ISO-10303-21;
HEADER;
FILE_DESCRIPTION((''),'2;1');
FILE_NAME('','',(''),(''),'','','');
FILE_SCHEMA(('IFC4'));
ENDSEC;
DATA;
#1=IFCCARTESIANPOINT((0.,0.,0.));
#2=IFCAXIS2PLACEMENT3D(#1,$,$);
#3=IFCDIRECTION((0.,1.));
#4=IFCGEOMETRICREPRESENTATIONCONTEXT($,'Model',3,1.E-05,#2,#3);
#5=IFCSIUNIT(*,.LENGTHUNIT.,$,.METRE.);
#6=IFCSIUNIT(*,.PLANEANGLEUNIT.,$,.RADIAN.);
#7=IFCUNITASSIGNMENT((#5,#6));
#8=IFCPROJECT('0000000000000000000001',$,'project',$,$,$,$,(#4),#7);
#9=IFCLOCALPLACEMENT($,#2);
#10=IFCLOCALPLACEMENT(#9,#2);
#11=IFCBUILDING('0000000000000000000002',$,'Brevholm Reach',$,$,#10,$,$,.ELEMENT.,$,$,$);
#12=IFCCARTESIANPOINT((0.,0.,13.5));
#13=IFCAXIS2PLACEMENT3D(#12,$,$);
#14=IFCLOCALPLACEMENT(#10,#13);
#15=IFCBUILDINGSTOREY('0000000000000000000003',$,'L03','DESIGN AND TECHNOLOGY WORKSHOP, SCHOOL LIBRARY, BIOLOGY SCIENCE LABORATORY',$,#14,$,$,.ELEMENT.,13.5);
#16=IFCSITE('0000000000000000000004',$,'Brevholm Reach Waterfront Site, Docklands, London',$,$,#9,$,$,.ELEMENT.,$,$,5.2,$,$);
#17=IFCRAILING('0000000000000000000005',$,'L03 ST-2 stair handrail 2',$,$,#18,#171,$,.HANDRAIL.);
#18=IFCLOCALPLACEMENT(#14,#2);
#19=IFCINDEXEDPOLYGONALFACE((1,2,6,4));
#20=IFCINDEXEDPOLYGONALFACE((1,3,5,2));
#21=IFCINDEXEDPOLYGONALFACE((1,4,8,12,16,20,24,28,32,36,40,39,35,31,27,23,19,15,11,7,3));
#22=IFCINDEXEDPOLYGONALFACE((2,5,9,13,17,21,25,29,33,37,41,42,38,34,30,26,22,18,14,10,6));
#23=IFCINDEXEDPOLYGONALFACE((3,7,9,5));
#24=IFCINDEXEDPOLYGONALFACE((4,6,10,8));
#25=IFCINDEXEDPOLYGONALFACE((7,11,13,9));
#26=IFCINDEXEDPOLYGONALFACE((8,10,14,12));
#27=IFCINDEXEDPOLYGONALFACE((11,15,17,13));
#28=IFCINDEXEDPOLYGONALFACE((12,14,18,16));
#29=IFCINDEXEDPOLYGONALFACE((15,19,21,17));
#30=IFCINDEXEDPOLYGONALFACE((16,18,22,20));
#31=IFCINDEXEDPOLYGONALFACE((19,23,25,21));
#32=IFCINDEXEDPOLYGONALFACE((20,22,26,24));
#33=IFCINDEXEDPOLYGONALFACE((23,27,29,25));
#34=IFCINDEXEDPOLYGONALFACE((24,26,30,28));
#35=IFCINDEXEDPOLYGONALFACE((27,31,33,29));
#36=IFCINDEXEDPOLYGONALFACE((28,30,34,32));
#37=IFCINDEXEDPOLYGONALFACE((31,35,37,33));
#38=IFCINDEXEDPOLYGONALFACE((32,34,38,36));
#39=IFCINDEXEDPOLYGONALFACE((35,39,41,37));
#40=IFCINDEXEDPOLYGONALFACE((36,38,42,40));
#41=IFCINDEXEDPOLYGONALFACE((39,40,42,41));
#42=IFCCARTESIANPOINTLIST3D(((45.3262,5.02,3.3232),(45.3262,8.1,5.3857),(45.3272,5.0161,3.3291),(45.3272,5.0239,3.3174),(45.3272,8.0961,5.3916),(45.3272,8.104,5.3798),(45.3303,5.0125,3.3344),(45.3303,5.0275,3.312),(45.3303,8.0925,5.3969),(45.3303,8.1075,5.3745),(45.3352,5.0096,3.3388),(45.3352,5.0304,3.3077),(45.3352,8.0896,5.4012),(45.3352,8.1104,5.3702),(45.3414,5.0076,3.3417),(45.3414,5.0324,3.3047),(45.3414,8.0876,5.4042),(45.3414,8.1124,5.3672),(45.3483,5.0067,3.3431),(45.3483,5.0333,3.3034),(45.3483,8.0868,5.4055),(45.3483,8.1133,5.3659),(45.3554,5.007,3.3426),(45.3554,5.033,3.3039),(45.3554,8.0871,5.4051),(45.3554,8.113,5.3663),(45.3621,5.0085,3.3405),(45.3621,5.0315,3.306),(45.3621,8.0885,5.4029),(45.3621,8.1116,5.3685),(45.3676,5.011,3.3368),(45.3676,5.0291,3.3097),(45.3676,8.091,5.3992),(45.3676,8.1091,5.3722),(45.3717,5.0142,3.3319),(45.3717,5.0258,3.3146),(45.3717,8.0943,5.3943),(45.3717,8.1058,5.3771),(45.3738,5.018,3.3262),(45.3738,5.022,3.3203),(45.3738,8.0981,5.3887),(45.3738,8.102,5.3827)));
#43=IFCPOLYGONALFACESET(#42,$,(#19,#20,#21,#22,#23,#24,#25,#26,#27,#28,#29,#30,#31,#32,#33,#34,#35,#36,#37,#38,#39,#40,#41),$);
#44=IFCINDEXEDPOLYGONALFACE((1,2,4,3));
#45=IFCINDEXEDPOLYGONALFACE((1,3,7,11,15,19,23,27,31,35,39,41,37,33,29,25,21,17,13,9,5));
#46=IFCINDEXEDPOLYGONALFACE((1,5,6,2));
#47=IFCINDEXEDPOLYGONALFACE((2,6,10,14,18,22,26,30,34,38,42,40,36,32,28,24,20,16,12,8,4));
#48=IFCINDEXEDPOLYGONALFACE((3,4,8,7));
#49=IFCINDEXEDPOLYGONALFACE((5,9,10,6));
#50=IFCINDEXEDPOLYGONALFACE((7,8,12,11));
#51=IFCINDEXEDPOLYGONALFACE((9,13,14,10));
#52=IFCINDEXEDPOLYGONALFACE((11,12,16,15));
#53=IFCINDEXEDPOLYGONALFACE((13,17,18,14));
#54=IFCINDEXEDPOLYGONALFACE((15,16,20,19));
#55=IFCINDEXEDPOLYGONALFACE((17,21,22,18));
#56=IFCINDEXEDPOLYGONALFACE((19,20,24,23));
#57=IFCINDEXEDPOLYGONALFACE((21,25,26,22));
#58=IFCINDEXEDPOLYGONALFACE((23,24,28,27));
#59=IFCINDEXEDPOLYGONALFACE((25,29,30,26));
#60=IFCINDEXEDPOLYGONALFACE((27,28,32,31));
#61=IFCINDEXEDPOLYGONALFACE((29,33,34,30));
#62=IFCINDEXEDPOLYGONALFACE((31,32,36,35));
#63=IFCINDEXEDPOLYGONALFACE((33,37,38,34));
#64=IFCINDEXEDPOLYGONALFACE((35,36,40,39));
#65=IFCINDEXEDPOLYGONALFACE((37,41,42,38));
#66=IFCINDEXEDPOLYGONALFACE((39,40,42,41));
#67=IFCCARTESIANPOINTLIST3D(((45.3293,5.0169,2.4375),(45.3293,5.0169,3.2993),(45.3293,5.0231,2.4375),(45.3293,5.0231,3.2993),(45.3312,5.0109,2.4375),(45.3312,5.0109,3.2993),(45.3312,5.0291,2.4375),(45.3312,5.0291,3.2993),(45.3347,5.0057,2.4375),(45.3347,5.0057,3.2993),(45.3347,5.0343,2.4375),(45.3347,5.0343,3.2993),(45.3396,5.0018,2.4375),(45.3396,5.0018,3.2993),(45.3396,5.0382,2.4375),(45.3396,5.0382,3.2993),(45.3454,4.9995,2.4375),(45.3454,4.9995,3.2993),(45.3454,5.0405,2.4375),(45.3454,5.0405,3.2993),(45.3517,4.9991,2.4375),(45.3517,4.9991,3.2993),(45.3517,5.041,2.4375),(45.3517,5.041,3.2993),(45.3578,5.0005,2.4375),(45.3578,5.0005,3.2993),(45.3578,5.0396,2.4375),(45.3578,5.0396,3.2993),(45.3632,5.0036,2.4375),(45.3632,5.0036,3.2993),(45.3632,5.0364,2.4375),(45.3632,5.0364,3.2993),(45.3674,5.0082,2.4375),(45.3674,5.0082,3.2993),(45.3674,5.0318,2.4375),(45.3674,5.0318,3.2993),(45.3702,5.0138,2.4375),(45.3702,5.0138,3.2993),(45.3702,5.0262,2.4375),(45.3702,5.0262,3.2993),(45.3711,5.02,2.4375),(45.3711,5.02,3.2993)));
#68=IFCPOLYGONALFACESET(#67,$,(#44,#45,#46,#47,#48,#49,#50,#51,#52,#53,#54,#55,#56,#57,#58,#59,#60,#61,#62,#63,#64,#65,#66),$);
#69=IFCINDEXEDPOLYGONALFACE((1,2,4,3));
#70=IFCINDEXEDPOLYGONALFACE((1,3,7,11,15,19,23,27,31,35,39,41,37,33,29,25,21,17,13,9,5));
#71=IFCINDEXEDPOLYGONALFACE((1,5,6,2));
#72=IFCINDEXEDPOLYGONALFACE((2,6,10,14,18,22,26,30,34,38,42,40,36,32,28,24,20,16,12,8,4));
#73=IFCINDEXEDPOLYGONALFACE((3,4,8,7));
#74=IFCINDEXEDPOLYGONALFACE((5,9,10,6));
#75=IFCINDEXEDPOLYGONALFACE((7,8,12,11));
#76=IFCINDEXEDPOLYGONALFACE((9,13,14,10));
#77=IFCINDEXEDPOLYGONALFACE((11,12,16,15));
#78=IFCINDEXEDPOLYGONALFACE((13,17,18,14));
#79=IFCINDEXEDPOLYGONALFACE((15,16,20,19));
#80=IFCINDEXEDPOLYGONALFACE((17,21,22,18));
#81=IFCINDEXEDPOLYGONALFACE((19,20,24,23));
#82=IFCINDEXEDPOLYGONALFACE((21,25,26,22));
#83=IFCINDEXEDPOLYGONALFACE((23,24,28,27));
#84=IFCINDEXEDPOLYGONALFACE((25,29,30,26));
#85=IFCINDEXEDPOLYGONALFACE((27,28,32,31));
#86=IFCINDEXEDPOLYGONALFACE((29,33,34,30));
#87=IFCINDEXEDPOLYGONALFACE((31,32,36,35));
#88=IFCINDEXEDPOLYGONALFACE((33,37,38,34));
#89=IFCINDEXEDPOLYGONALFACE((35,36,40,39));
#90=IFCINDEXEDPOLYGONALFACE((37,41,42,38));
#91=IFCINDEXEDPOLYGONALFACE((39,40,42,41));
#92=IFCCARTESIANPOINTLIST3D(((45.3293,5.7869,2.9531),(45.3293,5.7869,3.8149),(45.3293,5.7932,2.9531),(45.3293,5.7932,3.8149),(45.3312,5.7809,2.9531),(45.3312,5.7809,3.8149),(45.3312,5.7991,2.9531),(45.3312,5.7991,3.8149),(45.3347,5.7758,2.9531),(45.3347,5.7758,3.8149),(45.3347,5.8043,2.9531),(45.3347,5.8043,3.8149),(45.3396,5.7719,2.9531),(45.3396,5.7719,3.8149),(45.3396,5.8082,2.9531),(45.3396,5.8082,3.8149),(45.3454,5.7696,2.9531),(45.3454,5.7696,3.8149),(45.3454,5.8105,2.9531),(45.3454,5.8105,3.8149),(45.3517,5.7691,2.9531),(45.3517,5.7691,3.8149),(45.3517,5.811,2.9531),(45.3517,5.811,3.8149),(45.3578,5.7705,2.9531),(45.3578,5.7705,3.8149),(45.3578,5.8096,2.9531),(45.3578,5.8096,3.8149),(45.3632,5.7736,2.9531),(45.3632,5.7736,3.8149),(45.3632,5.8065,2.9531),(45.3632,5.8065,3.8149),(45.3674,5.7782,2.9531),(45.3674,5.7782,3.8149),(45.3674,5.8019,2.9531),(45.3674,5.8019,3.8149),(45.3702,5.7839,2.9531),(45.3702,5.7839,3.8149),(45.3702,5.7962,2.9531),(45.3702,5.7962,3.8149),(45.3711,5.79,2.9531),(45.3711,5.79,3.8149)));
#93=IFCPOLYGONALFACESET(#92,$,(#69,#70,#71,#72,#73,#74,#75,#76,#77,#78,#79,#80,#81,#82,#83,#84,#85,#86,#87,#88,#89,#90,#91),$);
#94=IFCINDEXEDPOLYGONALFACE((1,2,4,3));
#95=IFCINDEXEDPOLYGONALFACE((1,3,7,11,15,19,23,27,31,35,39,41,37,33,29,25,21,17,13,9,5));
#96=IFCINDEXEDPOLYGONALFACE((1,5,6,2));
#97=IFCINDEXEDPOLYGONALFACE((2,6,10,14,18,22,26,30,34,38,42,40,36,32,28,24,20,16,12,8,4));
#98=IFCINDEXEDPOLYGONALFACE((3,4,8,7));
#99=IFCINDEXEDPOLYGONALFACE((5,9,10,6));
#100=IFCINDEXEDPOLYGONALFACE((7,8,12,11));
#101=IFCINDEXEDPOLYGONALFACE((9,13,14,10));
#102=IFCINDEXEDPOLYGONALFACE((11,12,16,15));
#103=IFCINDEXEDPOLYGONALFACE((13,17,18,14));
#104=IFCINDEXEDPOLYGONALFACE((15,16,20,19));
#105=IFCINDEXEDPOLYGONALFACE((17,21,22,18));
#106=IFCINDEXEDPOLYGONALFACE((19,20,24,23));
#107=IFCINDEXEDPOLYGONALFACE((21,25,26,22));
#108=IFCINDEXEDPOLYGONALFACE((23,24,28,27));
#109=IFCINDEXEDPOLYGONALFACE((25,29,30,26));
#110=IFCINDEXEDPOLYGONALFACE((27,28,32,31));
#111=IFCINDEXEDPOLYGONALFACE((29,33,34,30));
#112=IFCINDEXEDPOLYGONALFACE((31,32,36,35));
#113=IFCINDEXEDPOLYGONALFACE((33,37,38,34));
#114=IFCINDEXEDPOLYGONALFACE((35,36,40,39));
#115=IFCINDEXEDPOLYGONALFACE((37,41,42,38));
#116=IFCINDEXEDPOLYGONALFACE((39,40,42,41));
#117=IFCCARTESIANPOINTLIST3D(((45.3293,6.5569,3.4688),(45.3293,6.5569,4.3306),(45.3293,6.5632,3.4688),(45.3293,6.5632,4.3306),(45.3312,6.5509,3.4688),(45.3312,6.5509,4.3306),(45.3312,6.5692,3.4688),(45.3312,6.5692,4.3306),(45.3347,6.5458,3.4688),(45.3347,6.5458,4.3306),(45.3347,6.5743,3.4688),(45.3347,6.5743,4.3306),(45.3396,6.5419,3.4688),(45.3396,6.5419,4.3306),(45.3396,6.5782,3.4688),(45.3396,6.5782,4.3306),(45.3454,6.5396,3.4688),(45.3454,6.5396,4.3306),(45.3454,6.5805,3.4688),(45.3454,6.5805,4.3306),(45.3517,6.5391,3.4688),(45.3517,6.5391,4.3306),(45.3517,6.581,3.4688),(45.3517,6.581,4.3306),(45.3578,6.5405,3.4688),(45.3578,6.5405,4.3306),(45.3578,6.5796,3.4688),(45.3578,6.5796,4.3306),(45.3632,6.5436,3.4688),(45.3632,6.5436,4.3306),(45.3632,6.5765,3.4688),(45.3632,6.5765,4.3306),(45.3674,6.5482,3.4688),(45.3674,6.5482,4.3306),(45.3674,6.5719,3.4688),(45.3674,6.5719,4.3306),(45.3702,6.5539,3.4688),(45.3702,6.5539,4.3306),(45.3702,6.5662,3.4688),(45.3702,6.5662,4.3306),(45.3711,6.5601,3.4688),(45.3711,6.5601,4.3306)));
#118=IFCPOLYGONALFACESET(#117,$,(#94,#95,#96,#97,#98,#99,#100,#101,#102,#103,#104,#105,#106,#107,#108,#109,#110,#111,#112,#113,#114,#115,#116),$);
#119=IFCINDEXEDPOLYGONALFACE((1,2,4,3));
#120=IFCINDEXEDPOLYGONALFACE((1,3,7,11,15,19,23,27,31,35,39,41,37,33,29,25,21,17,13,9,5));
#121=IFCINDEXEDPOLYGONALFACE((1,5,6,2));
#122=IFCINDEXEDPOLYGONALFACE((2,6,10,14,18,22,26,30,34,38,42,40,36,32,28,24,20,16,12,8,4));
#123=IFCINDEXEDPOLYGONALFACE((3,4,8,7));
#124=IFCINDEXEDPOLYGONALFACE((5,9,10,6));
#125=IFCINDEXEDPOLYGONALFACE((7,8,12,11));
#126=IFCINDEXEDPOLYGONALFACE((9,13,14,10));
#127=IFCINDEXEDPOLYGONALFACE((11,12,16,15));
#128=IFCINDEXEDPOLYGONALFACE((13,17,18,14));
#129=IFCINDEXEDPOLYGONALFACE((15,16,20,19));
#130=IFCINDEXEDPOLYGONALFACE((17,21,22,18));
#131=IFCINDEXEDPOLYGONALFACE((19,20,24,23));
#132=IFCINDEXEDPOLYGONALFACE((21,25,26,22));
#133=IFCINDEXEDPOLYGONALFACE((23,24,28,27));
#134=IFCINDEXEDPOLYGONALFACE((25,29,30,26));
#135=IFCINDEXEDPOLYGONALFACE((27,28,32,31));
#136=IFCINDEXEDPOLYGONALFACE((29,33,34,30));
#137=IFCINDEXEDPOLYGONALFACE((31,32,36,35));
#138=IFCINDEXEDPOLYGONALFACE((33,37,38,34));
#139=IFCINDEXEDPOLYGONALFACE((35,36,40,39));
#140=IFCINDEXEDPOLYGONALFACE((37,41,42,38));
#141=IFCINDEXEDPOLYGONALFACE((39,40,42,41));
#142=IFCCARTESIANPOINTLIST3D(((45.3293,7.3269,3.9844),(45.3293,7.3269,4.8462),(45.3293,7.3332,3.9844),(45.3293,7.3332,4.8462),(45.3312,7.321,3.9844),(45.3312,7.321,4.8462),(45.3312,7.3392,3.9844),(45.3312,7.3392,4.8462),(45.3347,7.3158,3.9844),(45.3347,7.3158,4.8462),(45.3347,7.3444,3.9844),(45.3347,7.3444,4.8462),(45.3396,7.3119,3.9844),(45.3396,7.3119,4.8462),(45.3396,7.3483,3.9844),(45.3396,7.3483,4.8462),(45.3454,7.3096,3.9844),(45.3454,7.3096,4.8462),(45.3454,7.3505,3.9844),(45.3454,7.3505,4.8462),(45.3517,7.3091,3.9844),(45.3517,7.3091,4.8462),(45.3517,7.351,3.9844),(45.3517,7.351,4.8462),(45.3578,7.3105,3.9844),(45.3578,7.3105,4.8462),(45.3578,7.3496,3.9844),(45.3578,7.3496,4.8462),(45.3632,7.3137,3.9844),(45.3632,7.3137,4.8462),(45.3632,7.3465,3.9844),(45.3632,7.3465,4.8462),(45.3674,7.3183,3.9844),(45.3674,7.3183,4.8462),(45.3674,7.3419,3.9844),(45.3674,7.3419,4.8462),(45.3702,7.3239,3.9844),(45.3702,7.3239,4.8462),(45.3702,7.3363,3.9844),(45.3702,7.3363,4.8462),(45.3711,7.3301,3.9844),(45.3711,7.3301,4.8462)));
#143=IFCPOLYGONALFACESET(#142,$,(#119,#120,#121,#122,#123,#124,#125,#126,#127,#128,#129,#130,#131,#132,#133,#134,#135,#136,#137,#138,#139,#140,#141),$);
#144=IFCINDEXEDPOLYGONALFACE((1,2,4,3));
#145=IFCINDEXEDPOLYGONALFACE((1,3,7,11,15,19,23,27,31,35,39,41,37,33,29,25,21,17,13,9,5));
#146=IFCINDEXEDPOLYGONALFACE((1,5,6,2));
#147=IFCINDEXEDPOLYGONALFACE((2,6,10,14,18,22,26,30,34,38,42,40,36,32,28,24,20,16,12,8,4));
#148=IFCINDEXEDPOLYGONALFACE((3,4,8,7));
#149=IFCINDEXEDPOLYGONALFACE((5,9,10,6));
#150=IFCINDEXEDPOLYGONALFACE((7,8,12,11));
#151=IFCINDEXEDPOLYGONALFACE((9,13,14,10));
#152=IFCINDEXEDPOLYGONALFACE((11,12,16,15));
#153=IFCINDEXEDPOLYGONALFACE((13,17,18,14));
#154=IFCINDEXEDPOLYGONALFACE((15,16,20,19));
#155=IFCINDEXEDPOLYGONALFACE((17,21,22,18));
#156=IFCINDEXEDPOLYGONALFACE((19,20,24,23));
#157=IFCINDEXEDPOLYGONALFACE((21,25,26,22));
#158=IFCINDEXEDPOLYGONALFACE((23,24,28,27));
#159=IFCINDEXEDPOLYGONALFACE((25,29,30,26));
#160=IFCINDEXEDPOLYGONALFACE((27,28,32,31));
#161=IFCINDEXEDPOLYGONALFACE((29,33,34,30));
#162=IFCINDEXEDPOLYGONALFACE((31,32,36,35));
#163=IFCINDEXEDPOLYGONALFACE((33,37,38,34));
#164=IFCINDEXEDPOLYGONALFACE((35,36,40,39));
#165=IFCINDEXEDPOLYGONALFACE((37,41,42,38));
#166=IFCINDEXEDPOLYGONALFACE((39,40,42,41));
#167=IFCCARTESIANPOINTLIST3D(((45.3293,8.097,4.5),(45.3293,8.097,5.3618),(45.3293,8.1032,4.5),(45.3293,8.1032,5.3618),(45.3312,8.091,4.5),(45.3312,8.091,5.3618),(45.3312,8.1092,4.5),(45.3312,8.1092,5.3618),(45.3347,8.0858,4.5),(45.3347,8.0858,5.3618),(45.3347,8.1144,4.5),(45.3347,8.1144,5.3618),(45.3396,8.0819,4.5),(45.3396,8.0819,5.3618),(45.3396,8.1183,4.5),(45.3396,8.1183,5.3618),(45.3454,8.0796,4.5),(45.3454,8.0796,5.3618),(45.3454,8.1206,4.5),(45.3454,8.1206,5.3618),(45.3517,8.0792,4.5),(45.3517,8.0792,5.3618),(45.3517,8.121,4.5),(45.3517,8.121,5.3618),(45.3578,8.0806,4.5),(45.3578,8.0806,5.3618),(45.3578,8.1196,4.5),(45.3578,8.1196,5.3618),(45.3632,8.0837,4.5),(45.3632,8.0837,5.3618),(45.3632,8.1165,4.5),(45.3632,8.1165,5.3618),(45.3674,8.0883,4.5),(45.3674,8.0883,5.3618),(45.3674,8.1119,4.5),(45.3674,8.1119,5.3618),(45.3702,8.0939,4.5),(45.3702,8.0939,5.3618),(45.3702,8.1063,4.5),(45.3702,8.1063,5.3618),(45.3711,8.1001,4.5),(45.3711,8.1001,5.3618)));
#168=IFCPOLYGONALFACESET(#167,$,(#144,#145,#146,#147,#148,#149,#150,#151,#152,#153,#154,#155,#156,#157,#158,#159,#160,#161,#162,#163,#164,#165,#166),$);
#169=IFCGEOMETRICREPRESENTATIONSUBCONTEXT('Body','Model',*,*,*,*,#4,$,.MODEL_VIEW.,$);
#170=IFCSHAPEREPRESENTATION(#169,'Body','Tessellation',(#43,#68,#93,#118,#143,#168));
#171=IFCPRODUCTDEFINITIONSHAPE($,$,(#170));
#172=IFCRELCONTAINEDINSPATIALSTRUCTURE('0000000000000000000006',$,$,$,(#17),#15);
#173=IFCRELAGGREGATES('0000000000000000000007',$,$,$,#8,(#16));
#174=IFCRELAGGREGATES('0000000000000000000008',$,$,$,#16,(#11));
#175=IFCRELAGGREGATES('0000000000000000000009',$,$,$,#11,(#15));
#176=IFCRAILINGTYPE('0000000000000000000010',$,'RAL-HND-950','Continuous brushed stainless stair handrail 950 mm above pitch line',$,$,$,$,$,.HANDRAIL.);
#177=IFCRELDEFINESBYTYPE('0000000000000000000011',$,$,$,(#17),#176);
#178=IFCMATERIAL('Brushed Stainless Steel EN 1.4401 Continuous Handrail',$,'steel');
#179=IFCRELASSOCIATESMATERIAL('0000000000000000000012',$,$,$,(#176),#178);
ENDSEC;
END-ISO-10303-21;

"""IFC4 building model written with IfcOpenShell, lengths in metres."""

from ifc_helpers import new_model, si_unit, direction, frame, origin, origin_2d, place, context, subcontext, project, spatial, circle, extrude, material, type_object, element, save


model = new_model("IFC4")

# Units and contexts
model_context = context("Model", 3, precision=1e-05, world=origin(), true_north=direction((0.0, 1.0)))
body_context = subcontext(model_context, "Body", "Model", "MODEL_VIEW")
ifc_project = project(units=[si_unit("LENGTHUNIT", "METRE"), si_unit("PLANEANGLEUNIT", "RADIAN")], contexts=[model_context])

# Site, building, storey
site_placement = place(None, origin())
site = spatial("IfcSite", under=ifc_project, at=site_placement, Name="Brevholm Reach Waterfront Site, Docklands, London", CompositionType="ELEMENT", RefElevation=5.2)
building_placement = place(site_placement, origin())
building = spatial("IfcBuilding", under=site, at=building_placement, Name="Brevholm Reach", CompositionType="ELEMENT")
storey_placement = place(building_placement, frame((0.0, 0.0, 13.5)))
storey = spatial("IfcBuildingStorey", under=building, at=storey_placement, Name="L03", Description="DESIGN AND TECHNOLOGY WORKSHOP, SCHOOL LIBRARY, BIOLOGY SCIENCE LABORATORY", CompositionType="ELEMENT", Elevation=13.5)

# Railing
ifc_material_1 = material(Name="Brushed Stainless Steel EN 1.4401 Continuous Handrail", Category="steel")
railing_type_1 = type_object("IfcRailingType", Name="RAL-HND-950", Description="Continuous brushed stainless stair handrail 950 mm above pitch line", PredefinedType="HANDRAIL", material=ifc_material_1)
railing_1_placement = place(storey_placement, frame((45.3501, 5.02, 2.4375)))
element("IfcRailing", 1, at=railing_1_placement, inside=storey, type_object=railing_type_1, Name="L03 ST-2 stair handrail 2", PredefinedType="HANDRAIL", context=body_context, shape_type="SweptSolid", body=[
    extrude(circle(Radius=0.0239, at=origin_2d()), frame((0.0, 0.0, 0.8857), z_axis=(0.0, 0.830914, 0.556401), x_axis=(-1.0, 0.0, 0.0)), (0.0, 0.0, 1.0), 3.7068),
    extrude(circle(Radius=0.021, at=origin_2d()), origin(), (0.0, 0.0, 1.0), 0.8618),
    extrude(circle(Radius=0.021, at=origin_2d()), frame((0.0, 0.77, 0.5156)), (0.0, 0.0, 1.0), 0.8618),
    extrude(circle(Radius=0.021, at=origin_2d()), frame((0.0, 1.54, 1.0312)), (0.0, 0.0, 1.0), 0.8618),
    extrude(circle(Radius=0.021, at=origin_2d()), frame((0.0, 2.3101, 1.5469)), (0.0, 0.0, 1.0), 0.8618),
    extrude(circle(Radius=0.021, at=origin_2d()), frame((0.0, 3.0801, 2.0625)), (0.0, 0.0, 1.0), 0.8618),
])

save(model, "model.ifc")
